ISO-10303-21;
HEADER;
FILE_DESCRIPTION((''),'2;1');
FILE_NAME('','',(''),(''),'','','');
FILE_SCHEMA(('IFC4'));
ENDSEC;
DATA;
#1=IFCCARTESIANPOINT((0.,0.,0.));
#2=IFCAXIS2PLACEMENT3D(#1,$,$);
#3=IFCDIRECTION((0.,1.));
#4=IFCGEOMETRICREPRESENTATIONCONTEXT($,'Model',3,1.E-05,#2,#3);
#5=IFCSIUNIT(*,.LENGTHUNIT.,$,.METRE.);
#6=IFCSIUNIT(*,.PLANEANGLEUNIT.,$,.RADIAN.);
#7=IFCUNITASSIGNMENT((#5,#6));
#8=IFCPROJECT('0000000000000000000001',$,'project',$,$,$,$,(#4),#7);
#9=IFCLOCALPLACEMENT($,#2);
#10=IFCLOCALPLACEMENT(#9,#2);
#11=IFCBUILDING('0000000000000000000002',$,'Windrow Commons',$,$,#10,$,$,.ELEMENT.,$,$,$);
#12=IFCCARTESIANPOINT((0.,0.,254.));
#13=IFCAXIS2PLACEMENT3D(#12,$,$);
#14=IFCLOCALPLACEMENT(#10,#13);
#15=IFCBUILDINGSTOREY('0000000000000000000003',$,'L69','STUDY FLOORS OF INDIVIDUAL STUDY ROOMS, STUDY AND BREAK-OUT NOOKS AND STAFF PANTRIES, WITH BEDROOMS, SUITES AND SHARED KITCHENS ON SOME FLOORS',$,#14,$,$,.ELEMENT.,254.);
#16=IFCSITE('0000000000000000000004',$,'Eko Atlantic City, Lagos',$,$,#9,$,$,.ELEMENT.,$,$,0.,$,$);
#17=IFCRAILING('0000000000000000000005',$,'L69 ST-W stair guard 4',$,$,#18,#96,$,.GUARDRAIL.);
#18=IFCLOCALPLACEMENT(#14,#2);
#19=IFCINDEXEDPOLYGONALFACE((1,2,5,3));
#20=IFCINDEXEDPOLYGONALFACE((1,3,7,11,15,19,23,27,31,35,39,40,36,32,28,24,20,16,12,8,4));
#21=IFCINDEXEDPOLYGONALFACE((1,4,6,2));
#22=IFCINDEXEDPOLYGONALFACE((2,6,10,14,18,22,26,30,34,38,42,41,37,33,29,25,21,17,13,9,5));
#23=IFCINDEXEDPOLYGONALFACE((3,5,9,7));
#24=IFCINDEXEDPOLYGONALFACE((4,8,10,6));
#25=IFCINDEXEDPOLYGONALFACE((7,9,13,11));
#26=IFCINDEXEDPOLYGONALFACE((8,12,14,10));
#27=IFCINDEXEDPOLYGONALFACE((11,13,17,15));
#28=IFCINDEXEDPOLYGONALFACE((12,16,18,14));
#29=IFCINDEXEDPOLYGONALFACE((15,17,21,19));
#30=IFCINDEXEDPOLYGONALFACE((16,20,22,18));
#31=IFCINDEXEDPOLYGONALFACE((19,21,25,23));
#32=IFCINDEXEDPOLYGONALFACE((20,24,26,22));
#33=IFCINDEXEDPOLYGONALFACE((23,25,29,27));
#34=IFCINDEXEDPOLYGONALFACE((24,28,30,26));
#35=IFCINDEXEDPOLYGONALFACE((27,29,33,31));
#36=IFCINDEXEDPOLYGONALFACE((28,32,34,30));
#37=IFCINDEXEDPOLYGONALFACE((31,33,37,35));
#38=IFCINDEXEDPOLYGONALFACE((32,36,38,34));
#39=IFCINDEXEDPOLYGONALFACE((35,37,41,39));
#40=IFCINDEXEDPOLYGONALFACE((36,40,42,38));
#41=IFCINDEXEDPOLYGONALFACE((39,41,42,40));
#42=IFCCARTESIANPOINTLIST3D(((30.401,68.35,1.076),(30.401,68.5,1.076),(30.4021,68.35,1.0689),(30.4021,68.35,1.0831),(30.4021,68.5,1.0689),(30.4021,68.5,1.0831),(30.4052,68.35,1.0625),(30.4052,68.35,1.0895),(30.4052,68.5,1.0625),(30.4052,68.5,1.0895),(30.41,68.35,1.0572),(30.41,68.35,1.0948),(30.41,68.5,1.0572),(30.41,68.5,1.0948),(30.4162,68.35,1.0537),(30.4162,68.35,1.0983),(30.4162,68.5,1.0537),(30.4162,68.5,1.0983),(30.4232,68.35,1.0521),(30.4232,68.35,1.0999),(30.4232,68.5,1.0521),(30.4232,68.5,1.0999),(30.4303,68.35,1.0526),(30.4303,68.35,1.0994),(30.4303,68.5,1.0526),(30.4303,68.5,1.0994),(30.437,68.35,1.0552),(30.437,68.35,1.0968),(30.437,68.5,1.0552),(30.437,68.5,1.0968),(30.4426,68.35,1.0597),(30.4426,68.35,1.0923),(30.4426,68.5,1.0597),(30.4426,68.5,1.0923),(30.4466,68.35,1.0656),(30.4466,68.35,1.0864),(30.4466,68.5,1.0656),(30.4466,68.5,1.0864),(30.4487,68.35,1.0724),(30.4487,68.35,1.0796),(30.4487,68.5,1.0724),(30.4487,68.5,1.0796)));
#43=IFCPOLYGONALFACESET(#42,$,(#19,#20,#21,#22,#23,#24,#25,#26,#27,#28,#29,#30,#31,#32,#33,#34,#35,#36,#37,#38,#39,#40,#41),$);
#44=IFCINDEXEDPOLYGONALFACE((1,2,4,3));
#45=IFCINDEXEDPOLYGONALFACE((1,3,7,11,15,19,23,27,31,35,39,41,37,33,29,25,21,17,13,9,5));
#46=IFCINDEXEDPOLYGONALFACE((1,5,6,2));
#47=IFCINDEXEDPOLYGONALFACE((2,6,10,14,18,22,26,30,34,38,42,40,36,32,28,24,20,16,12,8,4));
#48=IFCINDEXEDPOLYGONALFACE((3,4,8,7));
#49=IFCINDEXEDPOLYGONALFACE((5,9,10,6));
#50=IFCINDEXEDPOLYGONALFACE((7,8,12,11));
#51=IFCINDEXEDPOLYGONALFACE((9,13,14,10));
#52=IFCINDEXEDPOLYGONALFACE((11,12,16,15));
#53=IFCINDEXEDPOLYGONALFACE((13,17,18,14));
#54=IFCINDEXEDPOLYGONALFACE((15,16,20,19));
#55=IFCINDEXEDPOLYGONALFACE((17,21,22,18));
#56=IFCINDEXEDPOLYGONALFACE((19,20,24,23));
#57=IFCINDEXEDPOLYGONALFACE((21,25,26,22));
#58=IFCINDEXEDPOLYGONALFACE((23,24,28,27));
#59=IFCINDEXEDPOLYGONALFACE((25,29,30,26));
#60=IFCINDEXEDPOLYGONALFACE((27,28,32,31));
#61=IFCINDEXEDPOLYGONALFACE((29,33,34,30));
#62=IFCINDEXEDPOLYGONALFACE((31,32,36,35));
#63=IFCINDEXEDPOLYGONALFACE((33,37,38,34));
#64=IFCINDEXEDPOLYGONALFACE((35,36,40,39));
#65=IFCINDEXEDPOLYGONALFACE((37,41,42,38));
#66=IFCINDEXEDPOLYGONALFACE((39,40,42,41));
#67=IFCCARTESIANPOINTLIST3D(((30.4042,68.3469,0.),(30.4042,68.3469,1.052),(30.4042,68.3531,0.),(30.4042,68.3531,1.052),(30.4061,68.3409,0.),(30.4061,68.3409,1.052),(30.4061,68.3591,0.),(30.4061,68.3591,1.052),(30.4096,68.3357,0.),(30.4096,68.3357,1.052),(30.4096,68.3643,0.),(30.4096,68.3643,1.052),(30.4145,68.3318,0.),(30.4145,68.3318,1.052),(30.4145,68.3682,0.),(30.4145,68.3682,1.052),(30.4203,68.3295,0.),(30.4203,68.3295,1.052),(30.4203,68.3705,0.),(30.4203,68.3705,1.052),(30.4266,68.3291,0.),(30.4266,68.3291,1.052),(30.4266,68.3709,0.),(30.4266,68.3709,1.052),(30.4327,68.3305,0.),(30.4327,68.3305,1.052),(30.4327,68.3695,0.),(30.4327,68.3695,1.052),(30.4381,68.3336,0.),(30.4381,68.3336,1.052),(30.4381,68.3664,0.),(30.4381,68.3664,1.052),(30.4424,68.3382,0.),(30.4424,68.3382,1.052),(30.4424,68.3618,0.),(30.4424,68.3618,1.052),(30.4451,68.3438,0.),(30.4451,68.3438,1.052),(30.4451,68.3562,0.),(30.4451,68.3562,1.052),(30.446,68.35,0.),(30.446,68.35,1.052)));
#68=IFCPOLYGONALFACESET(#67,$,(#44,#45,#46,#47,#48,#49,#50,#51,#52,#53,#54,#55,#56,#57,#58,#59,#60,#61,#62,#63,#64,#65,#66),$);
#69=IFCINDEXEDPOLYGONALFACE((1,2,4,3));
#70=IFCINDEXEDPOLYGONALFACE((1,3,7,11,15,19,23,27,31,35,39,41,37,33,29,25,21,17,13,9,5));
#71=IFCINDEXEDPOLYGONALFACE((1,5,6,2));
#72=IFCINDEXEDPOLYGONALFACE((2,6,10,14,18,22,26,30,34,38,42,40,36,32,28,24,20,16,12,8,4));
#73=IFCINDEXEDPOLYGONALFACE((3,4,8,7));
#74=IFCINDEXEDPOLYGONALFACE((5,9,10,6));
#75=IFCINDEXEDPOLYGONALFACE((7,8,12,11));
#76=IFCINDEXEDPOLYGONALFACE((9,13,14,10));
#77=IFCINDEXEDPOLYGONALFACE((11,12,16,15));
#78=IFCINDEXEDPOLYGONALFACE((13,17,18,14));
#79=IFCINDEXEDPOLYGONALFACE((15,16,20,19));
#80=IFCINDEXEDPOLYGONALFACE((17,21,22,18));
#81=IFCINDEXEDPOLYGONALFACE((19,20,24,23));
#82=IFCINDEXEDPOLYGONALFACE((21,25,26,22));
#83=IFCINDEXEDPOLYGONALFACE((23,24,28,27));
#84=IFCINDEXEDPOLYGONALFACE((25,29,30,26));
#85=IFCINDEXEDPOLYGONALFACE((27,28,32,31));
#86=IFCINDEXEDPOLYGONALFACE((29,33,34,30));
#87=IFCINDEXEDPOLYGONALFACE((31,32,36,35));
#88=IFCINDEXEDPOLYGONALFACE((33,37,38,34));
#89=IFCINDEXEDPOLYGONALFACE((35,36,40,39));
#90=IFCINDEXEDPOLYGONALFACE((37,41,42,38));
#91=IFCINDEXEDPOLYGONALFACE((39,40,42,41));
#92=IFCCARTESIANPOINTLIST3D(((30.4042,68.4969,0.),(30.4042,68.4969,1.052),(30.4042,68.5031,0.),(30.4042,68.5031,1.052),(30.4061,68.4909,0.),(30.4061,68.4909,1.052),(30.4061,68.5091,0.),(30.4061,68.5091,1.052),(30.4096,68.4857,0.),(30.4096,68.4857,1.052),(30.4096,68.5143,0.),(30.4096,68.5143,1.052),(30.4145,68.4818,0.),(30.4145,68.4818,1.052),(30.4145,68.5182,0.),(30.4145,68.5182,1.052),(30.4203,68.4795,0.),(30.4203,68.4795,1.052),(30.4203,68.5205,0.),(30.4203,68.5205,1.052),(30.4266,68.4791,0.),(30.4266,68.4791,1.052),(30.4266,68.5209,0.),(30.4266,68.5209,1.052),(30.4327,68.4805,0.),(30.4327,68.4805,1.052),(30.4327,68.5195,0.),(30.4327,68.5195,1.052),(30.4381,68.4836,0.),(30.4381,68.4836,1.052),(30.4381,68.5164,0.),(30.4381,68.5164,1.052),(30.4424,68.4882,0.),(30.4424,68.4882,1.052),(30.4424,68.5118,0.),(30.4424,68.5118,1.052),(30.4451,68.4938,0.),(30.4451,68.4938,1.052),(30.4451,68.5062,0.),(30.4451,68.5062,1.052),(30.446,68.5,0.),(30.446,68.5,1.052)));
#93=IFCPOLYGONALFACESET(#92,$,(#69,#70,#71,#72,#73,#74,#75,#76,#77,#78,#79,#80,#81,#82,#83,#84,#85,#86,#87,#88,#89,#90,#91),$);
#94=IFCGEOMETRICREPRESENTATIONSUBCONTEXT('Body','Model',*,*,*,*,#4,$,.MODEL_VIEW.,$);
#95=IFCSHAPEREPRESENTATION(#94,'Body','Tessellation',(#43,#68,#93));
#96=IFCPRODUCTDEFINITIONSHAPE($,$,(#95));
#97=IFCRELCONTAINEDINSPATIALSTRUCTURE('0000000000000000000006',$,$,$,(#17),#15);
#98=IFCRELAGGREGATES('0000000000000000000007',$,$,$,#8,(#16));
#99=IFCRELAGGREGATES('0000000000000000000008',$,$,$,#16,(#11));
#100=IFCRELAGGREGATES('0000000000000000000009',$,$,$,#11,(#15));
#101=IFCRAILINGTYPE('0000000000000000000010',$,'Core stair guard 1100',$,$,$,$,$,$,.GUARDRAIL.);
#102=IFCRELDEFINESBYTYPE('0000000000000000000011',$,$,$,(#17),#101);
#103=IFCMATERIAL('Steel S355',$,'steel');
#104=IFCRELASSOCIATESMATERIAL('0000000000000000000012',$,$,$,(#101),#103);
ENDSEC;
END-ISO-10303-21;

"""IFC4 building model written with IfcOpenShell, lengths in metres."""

from ifc_helpers import new_model, si_unit, direction, frame, origin, origin_2d, place, context, subcontext, project, spatial, circle, extrude, material, type_object, element, save


model = new_model("IFC4")

# Units and contexts
model_context = context("Model", 3, precision=1e-05, world=origin(), true_north=direction((0.0, 1.0)))
body_context = subcontext(model_context, "Body", "Model", "MODEL_VIEW")
ifc_project = project(units=[si_unit("LENGTHUNIT", "METRE"), si_unit("PLANEANGLEUNIT", "RADIAN")], contexts=[model_context])

# Site, building, storey
site_placement = place(None, origin())
site = spatial("IfcSite", under=ifc_project, at=site_placement, Name="Eko Atlantic City, Lagos", CompositionType="ELEMENT", RefElevation=0.0)
building_placement = place(site_placement, origin())
building = spatial("IfcBuilding", under=site, at=building_placement, Name="Windrow Commons", CompositionType="ELEMENT")
storey_placement = place(building_placement, frame((0.0, 0.0, 254.0)))
storey = spatial("IfcBuildingStorey", under=building, at=storey_placement, Name="L69", Description="STUDY FLOORS OF INDIVIDUAL STUDY ROOMS, STUDY AND BREAK-OUT NOOKS AND STAFF PANTRIES, WITH BEDROOMS, SUITES AND SHARED KITCHENS ON SOME FLOORS", CompositionType="ELEMENT", Elevation=254.0)

# Railing
ifc_material_1 = material(Name="Steel S355", Category="steel")
railing_type_1 = type_object("IfcRailingType", Name="Core stair guard 1100", PredefinedType="GUARDRAIL", material=ifc_material_1)
railing_1_placement = place(storey_placement, frame((30.425, 68.35, 0.0)))
element("IfcRailing", 1, at=railing_1_placement, inside=storey, type_object=railing_type_1, Name="L69 ST-W stair guard 4", PredefinedType="GUARDRAIL", context=body_context, shape_type="SweptSolid", body=[
    extrude(circle(Radius=0.024, at=origin_2d()), frame((0.0, 0.0, 1.076), z_axis=(0.0, 1.0, 0.0), x_axis=(-1.0, 0.0, 0.0)), (0.0, 0.0, 1.0), 0.15),
    extrude(circle(Radius=0.021, at=origin_2d()), origin(), (0.0, 0.0, 1.0), 1.052),
    extrude(circle(Radius=0.021, at=origin_2d()), frame((0.0, 0.15, 0.0)), (0.0, 0.0, 1.0), 1.052),
])

save(model, "model.ifc")
